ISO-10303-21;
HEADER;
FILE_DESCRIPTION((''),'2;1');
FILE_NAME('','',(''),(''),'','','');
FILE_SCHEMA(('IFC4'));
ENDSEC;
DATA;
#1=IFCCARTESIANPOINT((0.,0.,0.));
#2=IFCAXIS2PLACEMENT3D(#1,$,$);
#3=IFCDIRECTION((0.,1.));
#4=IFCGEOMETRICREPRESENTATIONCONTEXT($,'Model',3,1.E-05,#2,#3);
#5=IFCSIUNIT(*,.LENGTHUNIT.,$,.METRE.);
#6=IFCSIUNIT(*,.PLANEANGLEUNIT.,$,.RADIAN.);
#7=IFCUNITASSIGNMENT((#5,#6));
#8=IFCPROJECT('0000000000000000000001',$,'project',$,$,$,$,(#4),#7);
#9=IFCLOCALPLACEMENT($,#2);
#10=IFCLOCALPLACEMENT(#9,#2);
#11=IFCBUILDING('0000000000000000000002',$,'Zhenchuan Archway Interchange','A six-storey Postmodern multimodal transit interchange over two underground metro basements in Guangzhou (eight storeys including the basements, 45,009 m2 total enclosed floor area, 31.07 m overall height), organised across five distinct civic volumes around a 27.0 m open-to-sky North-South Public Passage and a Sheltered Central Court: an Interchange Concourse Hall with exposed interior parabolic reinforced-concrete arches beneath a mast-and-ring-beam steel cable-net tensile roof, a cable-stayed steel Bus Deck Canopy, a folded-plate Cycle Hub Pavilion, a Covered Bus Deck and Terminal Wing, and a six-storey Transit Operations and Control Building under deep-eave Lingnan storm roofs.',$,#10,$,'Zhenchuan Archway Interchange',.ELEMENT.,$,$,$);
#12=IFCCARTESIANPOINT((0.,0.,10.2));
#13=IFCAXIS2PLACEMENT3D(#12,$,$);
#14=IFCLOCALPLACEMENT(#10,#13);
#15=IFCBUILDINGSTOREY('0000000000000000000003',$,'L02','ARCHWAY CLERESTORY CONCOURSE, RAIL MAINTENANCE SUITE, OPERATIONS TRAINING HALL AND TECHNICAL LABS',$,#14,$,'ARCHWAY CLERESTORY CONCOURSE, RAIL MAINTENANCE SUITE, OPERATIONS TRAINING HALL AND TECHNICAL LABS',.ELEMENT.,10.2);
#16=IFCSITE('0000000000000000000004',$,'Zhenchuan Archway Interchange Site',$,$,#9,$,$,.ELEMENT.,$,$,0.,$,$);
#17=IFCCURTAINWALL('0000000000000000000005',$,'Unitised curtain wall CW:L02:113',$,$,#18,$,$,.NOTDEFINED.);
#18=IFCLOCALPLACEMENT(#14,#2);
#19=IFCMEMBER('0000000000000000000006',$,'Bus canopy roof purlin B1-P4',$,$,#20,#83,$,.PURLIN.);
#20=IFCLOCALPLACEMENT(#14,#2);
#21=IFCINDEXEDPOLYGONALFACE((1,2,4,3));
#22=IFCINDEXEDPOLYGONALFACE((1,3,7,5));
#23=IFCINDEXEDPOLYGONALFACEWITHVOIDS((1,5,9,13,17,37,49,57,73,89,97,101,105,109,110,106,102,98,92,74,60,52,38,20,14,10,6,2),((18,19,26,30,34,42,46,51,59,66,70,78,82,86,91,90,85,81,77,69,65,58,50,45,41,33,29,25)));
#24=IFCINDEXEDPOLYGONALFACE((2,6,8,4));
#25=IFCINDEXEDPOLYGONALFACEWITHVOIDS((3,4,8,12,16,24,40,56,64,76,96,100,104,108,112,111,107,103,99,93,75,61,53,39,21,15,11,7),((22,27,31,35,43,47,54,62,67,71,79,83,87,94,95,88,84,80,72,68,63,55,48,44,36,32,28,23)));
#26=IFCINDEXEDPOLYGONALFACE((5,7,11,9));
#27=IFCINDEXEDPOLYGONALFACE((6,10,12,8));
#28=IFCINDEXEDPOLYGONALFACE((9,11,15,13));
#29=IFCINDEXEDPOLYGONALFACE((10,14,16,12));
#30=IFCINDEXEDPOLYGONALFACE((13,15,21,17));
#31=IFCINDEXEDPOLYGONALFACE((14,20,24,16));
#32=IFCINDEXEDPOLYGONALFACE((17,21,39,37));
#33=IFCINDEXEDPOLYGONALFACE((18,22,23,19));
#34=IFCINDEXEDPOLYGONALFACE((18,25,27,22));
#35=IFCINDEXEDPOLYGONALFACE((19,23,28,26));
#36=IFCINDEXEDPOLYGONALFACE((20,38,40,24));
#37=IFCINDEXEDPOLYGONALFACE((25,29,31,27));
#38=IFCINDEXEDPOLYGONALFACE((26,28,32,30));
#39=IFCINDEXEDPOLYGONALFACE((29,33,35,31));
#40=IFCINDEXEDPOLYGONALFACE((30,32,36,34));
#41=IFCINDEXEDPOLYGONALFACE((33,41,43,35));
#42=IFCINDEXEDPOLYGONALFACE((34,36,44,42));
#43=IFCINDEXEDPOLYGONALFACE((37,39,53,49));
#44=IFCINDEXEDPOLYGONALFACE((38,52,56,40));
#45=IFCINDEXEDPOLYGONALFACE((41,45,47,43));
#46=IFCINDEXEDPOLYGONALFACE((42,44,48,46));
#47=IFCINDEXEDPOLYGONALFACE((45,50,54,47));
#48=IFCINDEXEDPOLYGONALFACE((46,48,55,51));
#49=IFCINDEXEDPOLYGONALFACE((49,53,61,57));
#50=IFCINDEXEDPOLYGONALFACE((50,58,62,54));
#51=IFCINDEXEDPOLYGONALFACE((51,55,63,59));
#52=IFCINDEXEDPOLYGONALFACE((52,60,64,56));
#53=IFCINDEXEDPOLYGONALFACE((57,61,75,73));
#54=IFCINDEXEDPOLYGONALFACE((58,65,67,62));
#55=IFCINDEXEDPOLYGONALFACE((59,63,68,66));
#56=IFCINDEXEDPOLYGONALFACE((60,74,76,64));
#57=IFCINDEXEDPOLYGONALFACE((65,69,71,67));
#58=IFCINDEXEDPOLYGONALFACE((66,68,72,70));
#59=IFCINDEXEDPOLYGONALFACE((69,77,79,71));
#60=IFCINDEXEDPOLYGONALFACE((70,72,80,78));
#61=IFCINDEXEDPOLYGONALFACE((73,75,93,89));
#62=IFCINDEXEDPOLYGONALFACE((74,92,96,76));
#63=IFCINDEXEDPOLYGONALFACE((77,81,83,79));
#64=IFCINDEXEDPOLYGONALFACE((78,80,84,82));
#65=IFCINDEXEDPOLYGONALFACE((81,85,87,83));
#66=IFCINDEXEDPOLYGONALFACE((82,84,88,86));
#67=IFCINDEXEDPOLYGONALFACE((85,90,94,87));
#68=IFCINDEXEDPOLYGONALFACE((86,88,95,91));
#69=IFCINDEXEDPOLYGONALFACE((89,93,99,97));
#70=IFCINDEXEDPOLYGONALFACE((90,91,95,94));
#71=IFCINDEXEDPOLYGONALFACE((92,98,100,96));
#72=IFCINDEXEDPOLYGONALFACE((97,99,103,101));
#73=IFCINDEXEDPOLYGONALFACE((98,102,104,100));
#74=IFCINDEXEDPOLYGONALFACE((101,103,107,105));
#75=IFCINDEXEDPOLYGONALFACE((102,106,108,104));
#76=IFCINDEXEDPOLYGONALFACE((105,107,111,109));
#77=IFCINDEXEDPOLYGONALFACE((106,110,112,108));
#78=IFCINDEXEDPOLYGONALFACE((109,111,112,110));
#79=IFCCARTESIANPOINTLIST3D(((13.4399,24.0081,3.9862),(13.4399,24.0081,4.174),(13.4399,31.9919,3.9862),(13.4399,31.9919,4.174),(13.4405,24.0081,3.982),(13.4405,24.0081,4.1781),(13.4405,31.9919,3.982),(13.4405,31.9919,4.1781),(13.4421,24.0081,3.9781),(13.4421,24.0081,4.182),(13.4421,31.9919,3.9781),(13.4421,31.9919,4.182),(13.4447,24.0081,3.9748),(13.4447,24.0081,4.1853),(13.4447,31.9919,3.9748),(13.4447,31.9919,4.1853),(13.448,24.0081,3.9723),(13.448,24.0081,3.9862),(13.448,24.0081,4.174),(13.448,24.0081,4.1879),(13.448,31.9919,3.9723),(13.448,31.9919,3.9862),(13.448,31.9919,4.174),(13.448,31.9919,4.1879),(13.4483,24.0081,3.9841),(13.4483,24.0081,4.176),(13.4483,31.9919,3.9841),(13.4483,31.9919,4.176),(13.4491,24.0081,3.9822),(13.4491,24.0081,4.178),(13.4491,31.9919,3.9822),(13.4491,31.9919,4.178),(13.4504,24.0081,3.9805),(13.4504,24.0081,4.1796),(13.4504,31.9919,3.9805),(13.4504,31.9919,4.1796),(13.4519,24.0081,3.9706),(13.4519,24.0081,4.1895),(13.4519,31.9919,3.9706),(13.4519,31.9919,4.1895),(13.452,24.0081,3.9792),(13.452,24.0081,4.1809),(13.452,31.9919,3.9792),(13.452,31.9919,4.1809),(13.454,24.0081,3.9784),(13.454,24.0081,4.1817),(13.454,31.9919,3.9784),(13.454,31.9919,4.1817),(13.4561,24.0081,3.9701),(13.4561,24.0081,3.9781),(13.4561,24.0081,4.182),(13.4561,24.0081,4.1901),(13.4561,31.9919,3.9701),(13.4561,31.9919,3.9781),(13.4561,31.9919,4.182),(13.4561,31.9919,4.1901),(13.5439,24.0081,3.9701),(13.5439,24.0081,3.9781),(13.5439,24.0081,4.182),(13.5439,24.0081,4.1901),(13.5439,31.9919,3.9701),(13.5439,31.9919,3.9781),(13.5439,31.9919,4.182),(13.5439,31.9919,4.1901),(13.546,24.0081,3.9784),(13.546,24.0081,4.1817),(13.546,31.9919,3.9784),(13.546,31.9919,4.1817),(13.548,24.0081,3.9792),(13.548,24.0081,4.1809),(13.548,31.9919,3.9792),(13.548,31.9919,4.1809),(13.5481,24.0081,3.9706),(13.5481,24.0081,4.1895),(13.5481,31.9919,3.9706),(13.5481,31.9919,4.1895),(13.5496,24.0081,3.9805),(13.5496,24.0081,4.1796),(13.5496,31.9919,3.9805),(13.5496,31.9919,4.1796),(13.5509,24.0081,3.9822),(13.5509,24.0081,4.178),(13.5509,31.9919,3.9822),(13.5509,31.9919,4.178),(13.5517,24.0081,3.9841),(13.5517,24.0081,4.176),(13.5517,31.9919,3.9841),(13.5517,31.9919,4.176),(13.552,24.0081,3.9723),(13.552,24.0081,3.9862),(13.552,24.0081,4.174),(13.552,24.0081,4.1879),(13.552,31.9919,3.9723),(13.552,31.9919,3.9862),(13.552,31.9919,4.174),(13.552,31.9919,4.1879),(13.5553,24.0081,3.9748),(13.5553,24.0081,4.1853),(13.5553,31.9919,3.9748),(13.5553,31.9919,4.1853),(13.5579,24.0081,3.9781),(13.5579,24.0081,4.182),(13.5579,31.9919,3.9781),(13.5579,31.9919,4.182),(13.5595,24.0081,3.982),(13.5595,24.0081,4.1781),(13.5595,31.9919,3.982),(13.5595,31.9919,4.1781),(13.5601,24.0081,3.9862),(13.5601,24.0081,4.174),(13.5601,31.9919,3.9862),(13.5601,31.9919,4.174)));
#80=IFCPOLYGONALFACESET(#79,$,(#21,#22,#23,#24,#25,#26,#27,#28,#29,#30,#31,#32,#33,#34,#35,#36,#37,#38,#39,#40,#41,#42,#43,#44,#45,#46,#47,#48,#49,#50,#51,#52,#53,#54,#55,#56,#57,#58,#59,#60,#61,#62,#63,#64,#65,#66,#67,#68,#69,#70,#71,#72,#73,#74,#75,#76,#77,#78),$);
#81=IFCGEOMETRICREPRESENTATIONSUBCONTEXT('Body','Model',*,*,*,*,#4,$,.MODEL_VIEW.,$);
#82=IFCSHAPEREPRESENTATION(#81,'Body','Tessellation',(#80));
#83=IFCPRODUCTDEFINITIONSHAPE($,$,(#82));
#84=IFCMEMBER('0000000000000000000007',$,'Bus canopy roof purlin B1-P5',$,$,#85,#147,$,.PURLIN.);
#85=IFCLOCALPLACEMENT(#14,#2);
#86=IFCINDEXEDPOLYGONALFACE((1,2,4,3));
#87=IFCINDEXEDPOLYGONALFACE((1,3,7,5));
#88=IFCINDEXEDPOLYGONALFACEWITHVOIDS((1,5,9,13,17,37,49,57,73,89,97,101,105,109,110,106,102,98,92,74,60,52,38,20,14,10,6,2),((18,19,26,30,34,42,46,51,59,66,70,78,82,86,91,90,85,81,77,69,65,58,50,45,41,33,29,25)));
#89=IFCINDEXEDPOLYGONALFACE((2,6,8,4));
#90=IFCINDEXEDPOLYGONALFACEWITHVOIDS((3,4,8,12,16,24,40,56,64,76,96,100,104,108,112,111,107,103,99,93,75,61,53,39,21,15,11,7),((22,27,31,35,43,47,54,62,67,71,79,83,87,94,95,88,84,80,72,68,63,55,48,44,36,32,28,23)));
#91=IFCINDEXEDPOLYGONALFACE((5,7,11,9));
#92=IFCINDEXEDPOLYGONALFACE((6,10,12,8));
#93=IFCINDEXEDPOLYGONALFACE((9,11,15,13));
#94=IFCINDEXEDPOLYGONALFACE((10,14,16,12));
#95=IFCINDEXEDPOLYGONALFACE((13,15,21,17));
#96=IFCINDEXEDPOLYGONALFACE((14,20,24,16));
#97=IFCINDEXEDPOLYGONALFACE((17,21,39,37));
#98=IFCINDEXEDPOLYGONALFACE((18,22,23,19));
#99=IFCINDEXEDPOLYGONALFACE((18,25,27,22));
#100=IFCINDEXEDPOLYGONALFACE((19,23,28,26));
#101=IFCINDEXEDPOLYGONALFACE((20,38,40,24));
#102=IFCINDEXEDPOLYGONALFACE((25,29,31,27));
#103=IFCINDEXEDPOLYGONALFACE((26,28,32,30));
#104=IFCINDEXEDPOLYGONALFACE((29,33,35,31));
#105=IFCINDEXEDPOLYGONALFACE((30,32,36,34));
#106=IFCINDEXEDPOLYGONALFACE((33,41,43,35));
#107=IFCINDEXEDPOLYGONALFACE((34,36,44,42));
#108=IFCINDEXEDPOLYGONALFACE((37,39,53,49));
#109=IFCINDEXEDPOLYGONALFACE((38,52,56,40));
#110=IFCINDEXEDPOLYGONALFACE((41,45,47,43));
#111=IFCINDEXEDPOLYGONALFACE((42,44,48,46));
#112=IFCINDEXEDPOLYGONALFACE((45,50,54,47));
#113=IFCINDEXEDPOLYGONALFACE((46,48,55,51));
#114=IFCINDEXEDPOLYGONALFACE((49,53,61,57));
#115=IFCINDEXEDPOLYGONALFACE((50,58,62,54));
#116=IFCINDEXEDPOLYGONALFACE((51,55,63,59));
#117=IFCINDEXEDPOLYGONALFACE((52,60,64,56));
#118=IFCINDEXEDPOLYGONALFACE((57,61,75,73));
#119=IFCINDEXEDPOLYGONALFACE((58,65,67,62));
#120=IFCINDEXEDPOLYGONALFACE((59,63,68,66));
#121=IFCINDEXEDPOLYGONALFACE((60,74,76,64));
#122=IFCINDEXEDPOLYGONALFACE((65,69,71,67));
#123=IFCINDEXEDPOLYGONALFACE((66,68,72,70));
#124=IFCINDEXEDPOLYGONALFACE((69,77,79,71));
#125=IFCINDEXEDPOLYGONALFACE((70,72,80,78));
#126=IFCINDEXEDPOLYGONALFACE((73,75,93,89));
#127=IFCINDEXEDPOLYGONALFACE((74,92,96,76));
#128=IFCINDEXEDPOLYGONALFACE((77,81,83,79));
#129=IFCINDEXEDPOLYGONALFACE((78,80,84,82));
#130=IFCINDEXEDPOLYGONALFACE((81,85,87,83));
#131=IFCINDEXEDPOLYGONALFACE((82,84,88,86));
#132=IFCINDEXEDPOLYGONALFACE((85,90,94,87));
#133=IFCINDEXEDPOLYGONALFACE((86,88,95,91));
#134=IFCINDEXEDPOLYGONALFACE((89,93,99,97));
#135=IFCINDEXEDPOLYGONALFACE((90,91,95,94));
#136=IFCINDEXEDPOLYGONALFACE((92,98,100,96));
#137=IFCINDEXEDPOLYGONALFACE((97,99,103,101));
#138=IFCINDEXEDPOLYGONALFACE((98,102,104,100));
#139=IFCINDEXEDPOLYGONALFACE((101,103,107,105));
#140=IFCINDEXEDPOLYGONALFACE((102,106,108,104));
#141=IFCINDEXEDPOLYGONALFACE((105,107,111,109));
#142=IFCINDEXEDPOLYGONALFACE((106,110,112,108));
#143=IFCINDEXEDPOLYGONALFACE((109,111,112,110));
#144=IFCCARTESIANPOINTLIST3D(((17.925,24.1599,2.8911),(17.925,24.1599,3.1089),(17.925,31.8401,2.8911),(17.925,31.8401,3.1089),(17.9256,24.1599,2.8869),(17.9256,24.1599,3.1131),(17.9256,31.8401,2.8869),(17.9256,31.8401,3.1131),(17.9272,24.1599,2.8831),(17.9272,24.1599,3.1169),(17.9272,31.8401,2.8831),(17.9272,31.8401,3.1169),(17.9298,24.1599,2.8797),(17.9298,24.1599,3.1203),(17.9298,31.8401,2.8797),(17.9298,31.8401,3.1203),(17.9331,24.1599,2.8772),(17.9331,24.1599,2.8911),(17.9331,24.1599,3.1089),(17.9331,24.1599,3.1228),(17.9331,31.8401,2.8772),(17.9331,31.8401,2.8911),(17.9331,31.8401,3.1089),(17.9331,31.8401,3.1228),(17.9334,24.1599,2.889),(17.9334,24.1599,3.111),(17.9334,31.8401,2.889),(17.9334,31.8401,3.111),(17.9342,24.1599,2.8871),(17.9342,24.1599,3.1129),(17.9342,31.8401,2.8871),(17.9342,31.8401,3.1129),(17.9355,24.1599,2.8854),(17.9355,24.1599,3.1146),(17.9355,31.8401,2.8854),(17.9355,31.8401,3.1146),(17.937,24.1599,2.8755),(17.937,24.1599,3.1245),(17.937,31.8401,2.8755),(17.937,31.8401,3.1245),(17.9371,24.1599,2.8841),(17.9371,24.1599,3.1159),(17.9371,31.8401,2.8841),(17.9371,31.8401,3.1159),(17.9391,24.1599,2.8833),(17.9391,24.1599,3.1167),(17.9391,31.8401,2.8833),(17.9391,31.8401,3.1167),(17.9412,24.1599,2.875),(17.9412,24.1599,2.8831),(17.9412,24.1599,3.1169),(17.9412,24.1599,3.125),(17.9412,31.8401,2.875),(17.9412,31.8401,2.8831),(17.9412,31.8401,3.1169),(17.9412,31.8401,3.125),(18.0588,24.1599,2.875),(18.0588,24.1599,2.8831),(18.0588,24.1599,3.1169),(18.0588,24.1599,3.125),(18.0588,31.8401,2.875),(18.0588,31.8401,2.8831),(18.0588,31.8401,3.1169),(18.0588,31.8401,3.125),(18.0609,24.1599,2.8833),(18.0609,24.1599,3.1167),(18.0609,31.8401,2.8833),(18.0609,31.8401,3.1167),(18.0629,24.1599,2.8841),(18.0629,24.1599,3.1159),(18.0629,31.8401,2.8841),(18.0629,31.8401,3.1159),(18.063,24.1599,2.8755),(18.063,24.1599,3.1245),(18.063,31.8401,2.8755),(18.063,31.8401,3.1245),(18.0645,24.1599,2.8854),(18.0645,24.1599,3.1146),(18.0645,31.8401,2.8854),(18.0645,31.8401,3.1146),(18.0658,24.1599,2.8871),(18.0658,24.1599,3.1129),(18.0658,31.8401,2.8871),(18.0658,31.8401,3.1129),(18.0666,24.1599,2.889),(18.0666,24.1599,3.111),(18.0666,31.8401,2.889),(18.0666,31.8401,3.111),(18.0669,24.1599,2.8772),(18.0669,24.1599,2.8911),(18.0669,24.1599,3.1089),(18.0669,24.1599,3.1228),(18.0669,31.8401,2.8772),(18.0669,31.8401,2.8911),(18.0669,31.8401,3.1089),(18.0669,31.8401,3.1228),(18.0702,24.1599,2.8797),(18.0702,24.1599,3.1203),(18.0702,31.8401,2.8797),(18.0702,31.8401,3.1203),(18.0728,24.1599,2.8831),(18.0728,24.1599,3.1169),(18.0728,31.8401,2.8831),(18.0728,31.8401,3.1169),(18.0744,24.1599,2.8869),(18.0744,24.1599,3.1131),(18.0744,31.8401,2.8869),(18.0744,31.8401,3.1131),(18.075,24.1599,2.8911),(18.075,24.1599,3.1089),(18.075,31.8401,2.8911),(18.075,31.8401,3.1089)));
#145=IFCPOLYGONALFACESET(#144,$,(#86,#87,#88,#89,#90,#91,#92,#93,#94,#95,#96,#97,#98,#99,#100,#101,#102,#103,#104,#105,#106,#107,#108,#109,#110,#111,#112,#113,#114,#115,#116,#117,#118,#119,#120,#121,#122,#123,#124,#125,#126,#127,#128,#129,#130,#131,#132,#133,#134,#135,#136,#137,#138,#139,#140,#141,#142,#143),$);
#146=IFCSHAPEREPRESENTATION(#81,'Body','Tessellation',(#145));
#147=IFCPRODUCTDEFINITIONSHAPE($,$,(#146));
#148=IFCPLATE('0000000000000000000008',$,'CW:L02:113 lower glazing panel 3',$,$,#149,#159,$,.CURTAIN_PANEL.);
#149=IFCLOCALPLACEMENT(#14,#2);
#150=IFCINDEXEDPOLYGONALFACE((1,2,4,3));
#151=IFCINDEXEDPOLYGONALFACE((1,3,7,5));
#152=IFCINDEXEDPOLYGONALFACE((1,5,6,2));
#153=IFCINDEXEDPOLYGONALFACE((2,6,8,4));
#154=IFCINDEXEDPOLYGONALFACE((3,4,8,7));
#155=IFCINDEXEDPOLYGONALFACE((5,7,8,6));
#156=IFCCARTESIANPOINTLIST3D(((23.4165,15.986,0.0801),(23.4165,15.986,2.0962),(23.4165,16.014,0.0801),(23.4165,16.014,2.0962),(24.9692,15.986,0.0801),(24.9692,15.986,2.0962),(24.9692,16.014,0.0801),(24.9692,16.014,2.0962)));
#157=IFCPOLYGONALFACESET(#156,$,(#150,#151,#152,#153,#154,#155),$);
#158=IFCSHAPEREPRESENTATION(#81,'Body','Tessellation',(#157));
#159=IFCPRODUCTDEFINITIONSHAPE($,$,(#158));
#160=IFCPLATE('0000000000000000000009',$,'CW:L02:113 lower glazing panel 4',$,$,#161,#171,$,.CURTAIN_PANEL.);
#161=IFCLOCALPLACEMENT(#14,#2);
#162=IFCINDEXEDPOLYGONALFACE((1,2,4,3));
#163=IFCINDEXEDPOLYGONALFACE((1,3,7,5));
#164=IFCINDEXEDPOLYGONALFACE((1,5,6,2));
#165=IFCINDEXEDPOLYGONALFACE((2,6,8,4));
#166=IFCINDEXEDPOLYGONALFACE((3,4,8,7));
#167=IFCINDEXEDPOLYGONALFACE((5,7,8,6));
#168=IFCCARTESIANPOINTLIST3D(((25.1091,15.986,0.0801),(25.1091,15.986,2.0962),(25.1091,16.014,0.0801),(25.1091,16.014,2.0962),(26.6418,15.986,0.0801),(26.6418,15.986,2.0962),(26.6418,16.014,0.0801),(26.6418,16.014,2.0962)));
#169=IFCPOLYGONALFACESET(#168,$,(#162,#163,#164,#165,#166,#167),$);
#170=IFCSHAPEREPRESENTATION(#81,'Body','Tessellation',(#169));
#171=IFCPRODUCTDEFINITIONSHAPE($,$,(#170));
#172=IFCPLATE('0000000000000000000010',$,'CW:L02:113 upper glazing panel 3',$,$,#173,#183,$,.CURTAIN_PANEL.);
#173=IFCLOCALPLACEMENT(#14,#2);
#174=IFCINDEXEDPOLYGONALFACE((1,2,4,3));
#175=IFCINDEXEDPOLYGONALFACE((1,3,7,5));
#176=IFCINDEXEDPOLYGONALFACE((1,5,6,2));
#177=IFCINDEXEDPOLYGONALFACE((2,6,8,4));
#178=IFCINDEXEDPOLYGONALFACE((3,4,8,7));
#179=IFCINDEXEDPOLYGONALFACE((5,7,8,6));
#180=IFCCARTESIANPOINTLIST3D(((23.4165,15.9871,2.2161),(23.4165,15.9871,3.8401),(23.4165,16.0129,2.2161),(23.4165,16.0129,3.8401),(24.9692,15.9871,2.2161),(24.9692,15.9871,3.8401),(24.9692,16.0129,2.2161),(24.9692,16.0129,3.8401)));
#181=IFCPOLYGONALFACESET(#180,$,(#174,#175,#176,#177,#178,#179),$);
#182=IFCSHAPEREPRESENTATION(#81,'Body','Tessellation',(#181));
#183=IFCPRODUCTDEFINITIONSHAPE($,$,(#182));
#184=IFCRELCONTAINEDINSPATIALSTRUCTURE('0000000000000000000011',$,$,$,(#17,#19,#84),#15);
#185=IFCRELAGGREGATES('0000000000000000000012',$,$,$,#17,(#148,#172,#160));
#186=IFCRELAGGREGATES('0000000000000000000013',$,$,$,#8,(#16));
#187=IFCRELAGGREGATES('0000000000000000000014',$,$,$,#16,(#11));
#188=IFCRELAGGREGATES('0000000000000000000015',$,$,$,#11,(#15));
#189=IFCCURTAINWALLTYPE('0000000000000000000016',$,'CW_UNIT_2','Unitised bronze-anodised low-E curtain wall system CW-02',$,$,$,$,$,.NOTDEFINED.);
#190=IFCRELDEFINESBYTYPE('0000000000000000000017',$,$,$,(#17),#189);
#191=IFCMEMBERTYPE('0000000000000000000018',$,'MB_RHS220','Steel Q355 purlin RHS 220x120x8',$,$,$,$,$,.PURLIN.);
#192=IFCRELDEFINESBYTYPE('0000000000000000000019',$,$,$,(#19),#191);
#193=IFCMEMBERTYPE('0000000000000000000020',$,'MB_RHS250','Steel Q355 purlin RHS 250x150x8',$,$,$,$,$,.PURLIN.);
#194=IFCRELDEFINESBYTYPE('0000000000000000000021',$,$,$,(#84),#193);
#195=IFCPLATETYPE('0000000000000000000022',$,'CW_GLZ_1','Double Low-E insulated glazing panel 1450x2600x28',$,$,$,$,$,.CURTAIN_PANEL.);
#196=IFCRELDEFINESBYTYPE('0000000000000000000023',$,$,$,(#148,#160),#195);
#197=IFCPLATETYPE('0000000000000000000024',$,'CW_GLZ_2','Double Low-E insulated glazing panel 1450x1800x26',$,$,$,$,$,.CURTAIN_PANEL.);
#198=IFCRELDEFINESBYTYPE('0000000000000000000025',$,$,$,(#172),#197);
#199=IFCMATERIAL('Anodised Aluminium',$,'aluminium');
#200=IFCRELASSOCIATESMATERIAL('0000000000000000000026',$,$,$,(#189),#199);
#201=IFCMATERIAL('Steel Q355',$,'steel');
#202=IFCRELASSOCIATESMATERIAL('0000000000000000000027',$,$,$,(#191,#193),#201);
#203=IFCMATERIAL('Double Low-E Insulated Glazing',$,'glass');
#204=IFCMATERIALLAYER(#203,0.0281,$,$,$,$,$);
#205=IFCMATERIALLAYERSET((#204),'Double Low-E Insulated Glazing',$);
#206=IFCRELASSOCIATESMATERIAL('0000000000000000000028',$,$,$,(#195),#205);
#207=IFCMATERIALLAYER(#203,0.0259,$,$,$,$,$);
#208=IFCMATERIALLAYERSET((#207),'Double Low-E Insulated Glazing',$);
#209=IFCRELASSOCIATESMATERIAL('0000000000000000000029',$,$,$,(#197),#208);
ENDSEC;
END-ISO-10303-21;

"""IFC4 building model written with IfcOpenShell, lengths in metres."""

from ifc_helpers import new_model, si_unit, direction, frame, origin, origin_2d, place, context, subcontext, project, spatial, rectangle, hollow_rectangle, extrude, material, layer, layer_set, material_profile, profile_set, type_object, element, aggregate, save


model = new_model("IFC4")

# Units and contexts
model_context = context("Model", 3, precision=1e-05, world=origin(), true_north=direction((0.0, 1.0)))
body_context = subcontext(model_context, "Body", "Model", "MODEL_VIEW")
ifc_project = project(units=[si_unit("LENGTHUNIT", "METRE"), si_unit("PLANEANGLEUNIT", "RADIAN")], contexts=[model_context])

# Site, building, storey
site_placement = place(None, origin())
site = spatial("IfcSite", under=ifc_project, at=site_placement, Name="Zhenchuan Archway Interchange Site", CompositionType="ELEMENT", RefElevation=0.0)
building_placement = place(site_placement, origin())
building = spatial("IfcBuilding", under=site, at=building_placement, Name="Zhenchuan Archway Interchange", Description="A six-storey Postmodern multimodal transit interchange over two underground metro basements in Guangzhou (eight storeys including the basements, 45,009 m2 total enclosed floor area, 31.07 m overall height), organised across five distinct civic volumes around a 27.0 m open-to-sky North-South Public Passage and a Sheltered Central Court: an Interchange Concourse Hall with exposed interior parabolic reinforced-concrete arches beneath a mast-and-ring-beam steel cable-net tensile roof, a cable-stayed steel Bus Deck Canopy, a folded-plate Cycle Hub Pavilion, a Covered Bus Deck and Terminal Wing, and a six-storey Transit Operations and Control Building under deep-eave Lingnan storm roofs.", LongName="Zhenchuan Archway Interchange", CompositionType="ELEMENT")
storey_placement = place(building_placement, frame((0.0, 0.0, 10.2)))
storey = spatial("IfcBuildingStorey", under=building, at=storey_placement, Name="L02", Description="ARCHWAY CLERESTORY CONCOURSE, RAIL MAINTENANCE SUITE, OPERATIONS TRAINING HALL AND TECHNICAL LABS", LongName="ARCHWAY CLERESTORY CONCOURSE, RAIL MAINTENANCE SUITE, OPERATIONS TRAINING HALL AND TECHNICAL LABS", CompositionType="ELEMENT", Elevation=10.2)

# Shared definitions
ifc_material_1 = material(Name="Steel Q355", Category="steel")

# Curtain wall
ifc_material_2 = material(Name="Anodised Aluminium", Category="aluminium")
curtain_wall_type = type_object("IfcCurtainWallType", Name="CW_UNIT_2", Description="Unitised bronze-anodised low-E curtain wall system CW-02", PredefinedType="NOTDEFINED", material=ifc_material_2)
curtain_wall_placement = place(storey_placement, origin())
curtain_wall = element("IfcCurtainWall", 1, at=curtain_wall_placement, inside=storey, type_object=curtain_wall_type, Name="Unitised curtain wall CW:L02:113", PredefinedType="NOTDEFINED")

# Members
ifc_material_profile_1 = material_profile(ifc_material_1, hollow_rectangle(XDim=0.1201, YDim=0.22, WallThickness=0.0081, InnerFilletRadius=0.0081, OuterFilletRadius=0.0161, at=origin_2d()), Name="RHS 220x120x8")
ifc_profile_set_1 = profile_set([ifc_material_profile_1], Name="Steel Q355")
member_type_1 = type_object("IfcMemberType", Name="MB_RHS220", Description="Steel Q355 purlin RHS 220x120x8", PredefinedType="PURLIN", material=ifc_profile_set_1)
for number, where, z_axis, x_axis, name in (
    (2, (13.5, 24.0081, 4.0801), (0.0, 1.0, 0.0), (-1.0, 0.0, 0.0), "Bus canopy roof purlin B1-P4"),
):
    element("IfcMember", number, at=place(storey_placement, frame(where, z_axis=z_axis, x_axis=x_axis)), inside=storey, type_object=member_type_1, Name=name, PredefinedType="PURLIN", context=body_context, shape_type="SweptSolid", body=[
        extrude(hollow_rectangle(XDim=0.1201, YDim=0.22, WallThickness=0.0081, InnerFilletRadius=0.0081, OuterFilletRadius=0.0161, at=origin_2d()), origin(), (0.0, 0.0, 1.0), 7.9839),
    ])
ifc_material_profile_2 = material_profile(ifc_material_1, hollow_rectangle(XDim=0.1499, YDim=0.25, WallThickness=0.0081, InnerFilletRadius=0.0081, OuterFilletRadius=0.0161, at=origin_2d()), Name="RHS 250x150x8")
ifc_profile_set_2 = profile_set([ifc_material_profile_2], Name="Steel Q355")
member_type_2 = type_object("IfcMemberType", Name="MB_RHS250", Description="Steel Q355 purlin RHS 250x150x8", PredefinedType="PURLIN", material=ifc_profile_set_2)
member_1_placement = place(storey_placement, frame((18.0, 24.1599, 3.0), z_axis=(0.0, 1.0, 0.0), x_axis=(-1.0, 0.0, 0.0)))
element("IfcMember", 3, at=member_1_placement, inside=storey, type_object=member_type_2, Name="Bus canopy roof purlin B1-P5", PredefinedType="PURLIN", context=body_context, shape_type="SweptSolid", body=[
    extrude(hollow_rectangle(XDim=0.1499, YDim=0.25, WallThickness=0.0081, InnerFilletRadius=0.0081, OuterFilletRadius=0.0161, at=origin_2d()), origin(), (0.0, 0.0, 1.0), 7.6802),
])

# Plates
ifc_material_3 = material(Name="Double Low-E Insulated Glazing", Category="glass")
ifc_layer_1 = layer(ifc_material_3, 0.0281)
ifc_layer_set_1 = layer_set([ifc_layer_1], Name="Double Low-E Insulated Glazing")
plate_type_1 = type_object("IfcPlateType", Name="CW_GLZ_1", Description="Double Low-E insulated glazing panel 1450x2600x28", PredefinedType="CURTAIN_PANEL", material=ifc_layer_set_1)
plate_1_placement = place(storey_placement, frame((24.1929, 16.0, 0.0801), z_axis=(0.0, 0.0, 1.0), x_axis=(1.0, 0.0, 0.0)))
plate_1 = element("IfcPlate", 4, at=plate_1_placement, type_object=plate_type_1, Name="CW:L02:113 lower glazing panel 3", PredefinedType="CURTAIN_PANEL", context=body_context, shape_type="SweptSolid", body=[
    extrude(rectangle(XDim=1.5527, YDim=0.0281, at=origin_2d()), origin(), (0.0, 0.0, 1.0), 2.0161),
])
plate_2_placement = place(storey_placement, frame((25.8755, 16.0, 0.0801), z_axis=(0.0, 0.0, 1.0), x_axis=(1.0, 0.0, 0.0)))
plate_2 = element("IfcPlate", 5, at=plate_2_placement, type_object=plate_type_1, Name="CW:L02:113 lower glazing panel 4", PredefinedType="CURTAIN_PANEL", context=body_context, shape_type="SweptSolid", body=[
    extrude(rectangle(XDim=1.5327, YDim=0.0281, at=origin_2d()), origin(), (0.0, 0.0, 1.0), 2.0161),
])
ifc_layer_2 = layer(ifc_material_3, 0.0259)
ifc_layer_set_2 = layer_set([ifc_layer_2], Name="Double Low-E Insulated Glazing")
plate_type_2 = type_object("IfcPlateType", Name="CW_GLZ_2", Description="Double Low-E insulated glazing panel 1450x1800x26", PredefinedType="CURTAIN_PANEL", material=ifc_layer_set_2)
plate_3_placement = place(storey_placement, frame((24.1929, 16.0, 2.2161), z_axis=(0.0, 0.0, 1.0), x_axis=(1.0, 0.0, 0.0)))
plate_3 = element("IfcPlate", 6, at=plate_3_placement, type_object=plate_type_2, Name="CW:L02:113 upper glazing panel 3", PredefinedType="CURTAIN_PANEL", context=body_context, shape_type="SweptSolid", body=[
    extrude(rectangle(XDim=1.5527, YDim=0.0259, at=origin_2d()), origin(), (0.0, 0.0, 1.0), 1.624),
])
aggregate(curtain_wall, [plate_1, plate_3, plate_2])

save(model, "model.ifc")
